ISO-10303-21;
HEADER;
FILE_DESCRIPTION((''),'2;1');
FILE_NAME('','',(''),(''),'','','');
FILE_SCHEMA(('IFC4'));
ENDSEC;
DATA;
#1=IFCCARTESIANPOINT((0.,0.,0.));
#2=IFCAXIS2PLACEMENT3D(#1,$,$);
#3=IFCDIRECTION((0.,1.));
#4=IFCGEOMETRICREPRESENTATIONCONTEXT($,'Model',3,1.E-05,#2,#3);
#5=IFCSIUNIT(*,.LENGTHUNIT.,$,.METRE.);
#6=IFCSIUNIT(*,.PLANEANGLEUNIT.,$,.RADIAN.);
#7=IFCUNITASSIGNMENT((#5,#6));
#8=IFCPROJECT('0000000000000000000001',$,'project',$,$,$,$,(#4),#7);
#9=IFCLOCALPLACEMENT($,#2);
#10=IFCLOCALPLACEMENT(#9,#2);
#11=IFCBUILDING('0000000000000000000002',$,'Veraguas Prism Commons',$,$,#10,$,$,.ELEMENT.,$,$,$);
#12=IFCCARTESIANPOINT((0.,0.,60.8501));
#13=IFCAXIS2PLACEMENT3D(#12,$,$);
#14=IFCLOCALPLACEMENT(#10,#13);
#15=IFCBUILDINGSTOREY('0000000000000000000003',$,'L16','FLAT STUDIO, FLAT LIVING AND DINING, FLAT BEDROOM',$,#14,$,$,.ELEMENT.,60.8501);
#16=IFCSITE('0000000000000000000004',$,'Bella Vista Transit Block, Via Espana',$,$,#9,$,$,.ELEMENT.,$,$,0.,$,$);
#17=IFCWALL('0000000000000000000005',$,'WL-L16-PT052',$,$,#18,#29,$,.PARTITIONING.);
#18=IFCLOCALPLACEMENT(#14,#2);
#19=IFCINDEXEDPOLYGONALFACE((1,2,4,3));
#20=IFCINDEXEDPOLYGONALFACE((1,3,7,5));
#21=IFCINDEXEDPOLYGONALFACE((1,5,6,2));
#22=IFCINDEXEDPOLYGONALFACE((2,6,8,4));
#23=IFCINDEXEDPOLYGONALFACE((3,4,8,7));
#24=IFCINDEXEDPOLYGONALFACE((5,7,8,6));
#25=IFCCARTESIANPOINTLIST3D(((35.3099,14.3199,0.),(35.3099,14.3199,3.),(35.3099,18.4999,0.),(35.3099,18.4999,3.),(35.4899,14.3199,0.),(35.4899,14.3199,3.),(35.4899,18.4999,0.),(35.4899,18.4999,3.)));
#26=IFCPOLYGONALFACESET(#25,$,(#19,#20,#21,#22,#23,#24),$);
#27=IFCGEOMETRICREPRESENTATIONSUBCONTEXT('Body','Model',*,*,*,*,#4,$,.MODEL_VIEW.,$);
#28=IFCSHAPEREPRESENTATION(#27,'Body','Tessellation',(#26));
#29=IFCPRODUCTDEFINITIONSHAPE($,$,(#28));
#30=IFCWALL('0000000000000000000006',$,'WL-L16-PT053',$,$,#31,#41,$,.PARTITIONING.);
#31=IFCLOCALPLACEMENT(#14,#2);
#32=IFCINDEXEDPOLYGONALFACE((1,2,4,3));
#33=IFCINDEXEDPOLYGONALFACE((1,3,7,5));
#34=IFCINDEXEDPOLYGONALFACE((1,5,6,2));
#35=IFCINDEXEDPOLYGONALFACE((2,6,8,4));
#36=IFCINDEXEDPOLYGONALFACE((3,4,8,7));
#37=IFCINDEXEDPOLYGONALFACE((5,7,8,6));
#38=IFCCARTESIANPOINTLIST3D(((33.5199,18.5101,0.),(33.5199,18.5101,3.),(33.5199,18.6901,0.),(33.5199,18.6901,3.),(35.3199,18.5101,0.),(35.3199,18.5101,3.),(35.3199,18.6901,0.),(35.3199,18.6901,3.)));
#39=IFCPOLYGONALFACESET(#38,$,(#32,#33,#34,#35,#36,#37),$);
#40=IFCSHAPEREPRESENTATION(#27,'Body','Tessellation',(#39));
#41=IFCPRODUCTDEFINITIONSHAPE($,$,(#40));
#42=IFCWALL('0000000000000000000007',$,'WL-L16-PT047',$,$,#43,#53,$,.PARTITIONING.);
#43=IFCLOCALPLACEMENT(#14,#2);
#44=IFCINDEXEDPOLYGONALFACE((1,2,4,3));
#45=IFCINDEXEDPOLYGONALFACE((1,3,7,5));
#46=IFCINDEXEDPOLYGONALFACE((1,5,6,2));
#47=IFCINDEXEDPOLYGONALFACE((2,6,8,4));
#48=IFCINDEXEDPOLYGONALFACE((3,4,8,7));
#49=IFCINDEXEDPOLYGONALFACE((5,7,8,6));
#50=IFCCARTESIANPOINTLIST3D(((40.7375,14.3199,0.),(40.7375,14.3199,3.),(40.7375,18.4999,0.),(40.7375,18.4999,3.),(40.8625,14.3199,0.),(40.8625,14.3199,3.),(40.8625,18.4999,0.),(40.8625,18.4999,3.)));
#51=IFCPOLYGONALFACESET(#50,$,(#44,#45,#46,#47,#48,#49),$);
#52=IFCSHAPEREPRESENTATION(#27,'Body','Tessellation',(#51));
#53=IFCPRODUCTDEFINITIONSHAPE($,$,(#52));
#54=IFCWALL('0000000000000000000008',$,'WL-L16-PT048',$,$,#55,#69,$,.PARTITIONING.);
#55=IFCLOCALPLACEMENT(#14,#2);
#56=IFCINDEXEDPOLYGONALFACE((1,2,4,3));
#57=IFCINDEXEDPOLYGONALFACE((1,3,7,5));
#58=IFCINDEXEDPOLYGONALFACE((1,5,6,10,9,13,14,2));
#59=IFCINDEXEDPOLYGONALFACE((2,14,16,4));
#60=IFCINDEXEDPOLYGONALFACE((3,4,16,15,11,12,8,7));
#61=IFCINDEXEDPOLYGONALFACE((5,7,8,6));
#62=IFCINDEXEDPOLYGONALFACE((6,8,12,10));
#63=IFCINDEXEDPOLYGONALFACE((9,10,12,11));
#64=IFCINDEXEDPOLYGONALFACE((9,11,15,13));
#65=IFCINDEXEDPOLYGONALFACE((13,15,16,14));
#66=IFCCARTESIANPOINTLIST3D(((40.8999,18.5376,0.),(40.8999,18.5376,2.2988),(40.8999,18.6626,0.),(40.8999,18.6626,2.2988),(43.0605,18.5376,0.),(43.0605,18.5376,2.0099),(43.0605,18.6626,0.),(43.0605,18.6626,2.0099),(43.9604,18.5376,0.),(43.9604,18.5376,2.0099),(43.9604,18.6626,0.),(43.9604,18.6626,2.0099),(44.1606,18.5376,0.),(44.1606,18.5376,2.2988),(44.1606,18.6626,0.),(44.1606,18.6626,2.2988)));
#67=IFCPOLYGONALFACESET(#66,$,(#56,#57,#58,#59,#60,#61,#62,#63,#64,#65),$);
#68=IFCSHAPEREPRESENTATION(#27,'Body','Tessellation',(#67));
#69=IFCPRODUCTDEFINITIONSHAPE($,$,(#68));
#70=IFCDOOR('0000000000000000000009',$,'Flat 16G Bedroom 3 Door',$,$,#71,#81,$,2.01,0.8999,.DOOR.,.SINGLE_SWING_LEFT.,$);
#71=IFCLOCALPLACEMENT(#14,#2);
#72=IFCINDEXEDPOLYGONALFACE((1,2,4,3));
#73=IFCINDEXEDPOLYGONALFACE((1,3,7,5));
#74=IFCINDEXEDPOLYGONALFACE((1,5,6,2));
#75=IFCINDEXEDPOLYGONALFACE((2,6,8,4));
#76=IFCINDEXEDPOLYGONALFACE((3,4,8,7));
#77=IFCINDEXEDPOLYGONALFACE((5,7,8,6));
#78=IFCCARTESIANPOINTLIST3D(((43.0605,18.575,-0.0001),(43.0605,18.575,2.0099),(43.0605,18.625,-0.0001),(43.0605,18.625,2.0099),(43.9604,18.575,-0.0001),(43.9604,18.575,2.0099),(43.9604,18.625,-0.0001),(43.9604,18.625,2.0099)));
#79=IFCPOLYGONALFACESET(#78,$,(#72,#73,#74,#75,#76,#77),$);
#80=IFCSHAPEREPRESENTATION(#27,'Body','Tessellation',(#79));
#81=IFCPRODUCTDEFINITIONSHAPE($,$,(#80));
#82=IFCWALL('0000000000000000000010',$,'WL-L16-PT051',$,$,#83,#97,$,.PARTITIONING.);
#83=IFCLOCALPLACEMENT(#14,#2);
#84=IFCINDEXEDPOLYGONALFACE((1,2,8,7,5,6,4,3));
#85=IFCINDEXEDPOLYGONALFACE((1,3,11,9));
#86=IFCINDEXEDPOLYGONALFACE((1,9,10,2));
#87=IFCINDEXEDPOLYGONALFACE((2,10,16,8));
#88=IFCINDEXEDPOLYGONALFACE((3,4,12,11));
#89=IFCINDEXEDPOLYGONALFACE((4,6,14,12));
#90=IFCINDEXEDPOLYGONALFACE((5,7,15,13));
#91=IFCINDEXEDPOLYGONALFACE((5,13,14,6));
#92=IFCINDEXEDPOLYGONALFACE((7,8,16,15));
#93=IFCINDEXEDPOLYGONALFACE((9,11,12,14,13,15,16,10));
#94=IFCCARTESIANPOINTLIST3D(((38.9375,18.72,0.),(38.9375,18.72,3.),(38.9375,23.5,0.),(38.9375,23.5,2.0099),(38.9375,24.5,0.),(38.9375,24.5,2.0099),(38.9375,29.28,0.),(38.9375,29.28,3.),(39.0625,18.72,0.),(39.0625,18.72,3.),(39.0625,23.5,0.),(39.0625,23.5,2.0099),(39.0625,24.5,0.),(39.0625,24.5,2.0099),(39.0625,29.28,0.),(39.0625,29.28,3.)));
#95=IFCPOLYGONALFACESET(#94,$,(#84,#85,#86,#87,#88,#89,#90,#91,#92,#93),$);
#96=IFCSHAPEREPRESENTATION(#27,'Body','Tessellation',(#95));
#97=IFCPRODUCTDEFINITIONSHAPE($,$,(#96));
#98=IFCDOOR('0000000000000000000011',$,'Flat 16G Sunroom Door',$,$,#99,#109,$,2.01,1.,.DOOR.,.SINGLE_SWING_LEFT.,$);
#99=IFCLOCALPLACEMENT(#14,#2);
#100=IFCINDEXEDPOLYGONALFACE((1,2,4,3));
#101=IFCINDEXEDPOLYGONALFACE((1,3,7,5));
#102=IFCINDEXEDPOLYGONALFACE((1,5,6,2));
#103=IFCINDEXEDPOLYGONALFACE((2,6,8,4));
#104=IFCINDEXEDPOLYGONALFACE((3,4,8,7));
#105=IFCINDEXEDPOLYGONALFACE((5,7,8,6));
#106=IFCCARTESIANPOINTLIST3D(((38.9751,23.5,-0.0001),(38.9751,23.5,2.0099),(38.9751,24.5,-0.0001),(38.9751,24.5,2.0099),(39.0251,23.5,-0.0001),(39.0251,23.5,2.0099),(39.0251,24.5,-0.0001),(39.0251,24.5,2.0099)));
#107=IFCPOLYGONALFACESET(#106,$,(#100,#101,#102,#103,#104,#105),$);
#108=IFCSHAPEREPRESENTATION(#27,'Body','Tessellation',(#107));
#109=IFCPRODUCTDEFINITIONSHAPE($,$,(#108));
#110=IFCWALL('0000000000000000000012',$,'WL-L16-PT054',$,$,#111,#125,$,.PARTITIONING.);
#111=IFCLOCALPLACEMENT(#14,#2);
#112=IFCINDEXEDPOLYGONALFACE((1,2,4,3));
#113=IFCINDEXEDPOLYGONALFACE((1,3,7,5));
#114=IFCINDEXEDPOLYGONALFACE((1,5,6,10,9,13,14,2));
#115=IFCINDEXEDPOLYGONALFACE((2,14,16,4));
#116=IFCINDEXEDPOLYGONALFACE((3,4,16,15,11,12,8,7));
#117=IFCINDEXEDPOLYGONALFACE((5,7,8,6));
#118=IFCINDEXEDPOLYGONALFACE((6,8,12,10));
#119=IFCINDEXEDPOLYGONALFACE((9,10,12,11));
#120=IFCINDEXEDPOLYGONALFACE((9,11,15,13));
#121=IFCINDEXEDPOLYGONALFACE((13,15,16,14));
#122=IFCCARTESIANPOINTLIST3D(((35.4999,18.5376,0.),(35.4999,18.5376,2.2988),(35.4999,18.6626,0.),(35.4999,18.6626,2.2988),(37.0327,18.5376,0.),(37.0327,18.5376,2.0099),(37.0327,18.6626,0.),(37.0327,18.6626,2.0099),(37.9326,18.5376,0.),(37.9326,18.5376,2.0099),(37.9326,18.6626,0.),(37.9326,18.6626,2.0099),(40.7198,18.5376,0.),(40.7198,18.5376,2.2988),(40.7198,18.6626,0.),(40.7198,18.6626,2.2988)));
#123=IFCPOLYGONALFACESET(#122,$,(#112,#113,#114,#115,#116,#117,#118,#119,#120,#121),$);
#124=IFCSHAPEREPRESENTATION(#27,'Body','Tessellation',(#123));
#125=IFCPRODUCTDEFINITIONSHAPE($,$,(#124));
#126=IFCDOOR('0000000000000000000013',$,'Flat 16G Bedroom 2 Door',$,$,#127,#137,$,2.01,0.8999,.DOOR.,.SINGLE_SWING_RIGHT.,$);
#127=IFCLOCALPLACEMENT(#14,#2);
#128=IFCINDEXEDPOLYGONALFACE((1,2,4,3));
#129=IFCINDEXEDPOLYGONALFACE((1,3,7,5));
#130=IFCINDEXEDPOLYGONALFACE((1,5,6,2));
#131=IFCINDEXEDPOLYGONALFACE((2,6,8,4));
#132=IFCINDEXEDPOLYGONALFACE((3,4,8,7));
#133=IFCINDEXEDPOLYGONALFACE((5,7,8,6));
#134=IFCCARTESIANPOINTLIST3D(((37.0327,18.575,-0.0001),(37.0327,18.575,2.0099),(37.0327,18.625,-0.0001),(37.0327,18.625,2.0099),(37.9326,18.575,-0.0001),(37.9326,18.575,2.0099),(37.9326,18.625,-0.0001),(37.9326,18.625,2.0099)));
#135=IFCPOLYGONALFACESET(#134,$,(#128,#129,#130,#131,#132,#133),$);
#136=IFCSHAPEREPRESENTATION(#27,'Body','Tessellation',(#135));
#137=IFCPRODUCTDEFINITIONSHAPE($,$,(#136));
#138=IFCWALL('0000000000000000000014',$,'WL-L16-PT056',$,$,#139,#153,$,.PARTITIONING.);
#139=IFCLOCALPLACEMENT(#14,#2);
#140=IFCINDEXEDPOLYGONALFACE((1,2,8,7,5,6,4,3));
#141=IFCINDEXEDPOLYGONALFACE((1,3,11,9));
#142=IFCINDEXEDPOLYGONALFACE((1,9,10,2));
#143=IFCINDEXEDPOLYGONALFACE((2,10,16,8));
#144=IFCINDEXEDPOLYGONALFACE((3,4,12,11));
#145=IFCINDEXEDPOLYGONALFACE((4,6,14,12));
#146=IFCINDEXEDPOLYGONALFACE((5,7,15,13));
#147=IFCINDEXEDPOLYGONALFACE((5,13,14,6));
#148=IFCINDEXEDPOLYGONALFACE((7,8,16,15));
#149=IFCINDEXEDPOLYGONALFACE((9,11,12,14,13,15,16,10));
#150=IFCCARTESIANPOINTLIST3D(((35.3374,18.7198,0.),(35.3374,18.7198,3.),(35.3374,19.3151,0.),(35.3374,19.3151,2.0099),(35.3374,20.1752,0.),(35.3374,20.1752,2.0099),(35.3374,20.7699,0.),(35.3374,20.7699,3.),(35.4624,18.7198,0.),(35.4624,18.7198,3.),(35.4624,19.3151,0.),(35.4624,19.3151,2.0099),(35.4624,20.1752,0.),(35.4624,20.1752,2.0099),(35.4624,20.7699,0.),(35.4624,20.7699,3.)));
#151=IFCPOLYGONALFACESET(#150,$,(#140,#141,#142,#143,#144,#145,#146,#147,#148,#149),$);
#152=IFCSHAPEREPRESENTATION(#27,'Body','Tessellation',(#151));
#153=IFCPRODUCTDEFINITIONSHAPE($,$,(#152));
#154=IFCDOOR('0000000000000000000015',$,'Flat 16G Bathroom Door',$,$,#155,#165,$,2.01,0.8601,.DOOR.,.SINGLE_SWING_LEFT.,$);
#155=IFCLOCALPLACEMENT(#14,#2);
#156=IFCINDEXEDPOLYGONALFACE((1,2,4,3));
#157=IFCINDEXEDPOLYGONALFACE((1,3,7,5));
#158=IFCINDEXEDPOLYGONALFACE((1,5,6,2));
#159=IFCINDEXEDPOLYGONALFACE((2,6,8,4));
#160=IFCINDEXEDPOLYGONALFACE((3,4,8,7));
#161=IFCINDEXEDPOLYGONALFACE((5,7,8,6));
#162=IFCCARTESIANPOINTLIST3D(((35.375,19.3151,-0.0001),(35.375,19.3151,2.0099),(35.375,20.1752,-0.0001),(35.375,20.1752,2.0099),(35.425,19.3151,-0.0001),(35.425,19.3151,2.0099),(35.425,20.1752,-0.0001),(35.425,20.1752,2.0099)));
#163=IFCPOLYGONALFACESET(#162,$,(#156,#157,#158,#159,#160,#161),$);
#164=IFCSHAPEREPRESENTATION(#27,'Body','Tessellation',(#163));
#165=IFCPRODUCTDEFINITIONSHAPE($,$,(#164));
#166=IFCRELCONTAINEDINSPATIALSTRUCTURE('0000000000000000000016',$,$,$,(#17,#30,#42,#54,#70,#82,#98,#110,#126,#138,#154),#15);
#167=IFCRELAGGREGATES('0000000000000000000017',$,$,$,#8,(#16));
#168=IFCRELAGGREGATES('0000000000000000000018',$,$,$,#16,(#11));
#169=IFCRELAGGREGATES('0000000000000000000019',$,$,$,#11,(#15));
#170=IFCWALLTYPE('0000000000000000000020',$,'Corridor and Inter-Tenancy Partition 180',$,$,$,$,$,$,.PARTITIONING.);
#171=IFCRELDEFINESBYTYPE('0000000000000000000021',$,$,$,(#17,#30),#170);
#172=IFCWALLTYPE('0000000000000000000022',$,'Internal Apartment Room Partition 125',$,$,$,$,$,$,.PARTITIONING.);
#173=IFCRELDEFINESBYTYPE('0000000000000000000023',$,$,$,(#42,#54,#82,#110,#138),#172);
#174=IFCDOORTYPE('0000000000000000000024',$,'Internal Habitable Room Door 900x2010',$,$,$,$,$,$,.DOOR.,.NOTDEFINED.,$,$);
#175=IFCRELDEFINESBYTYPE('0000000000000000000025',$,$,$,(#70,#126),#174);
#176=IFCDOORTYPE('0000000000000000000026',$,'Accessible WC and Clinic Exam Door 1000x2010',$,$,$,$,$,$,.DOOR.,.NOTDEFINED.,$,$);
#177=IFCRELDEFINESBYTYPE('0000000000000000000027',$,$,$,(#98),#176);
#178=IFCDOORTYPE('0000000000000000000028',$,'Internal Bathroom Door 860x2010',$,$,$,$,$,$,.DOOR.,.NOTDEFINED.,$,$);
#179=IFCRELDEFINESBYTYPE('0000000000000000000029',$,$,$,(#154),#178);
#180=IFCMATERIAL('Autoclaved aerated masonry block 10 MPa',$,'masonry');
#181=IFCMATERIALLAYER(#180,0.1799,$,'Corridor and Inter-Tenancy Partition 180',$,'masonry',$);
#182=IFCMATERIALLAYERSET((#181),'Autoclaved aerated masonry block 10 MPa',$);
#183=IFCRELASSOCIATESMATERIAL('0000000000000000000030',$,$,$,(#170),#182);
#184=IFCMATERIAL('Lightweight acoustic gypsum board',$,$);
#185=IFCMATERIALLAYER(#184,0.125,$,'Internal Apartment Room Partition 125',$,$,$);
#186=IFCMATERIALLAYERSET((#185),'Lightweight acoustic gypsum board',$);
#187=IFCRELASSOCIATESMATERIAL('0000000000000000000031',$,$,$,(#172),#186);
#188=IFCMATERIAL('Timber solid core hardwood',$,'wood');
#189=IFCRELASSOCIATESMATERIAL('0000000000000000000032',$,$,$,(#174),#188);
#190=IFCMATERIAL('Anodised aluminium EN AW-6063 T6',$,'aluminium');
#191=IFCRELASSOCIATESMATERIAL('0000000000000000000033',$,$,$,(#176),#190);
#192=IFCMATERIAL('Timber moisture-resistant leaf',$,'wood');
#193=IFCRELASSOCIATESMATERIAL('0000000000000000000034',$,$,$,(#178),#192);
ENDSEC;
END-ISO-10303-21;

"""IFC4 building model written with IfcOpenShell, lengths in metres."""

from ifc_helpers import new_model, si_unit, direction, frame, frame_2d, origin, place, context, subcontext, project, spatial, rectangle, extrude, source, transform, mapped, material, layer, layer_set, type_object, element, fill, save


model = new_model("IFC4")

# Units and contexts
model_context = context("Model", 3, precision=1e-05, world=origin(), true_north=direction((0.0, 1.0)))
body_context = subcontext(model_context, "Body", "Model", "MODEL_VIEW")
ifc_project = project(units=[si_unit("LENGTHUNIT", "METRE"), si_unit("PLANEANGLEUNIT", "RADIAN")], contexts=[model_context])

# Site, building, storey
site_placement = place(None, origin())
site = spatial("IfcSite", under=ifc_project, at=site_placement, Name="Bella Vista Transit Block, Via Espana", CompositionType="ELEMENT", RefElevation=0.0)
building_placement = place(site_placement, origin())
building = spatial("IfcBuilding", under=site, at=building_placement, Name="Veraguas Prism Commons", CompositionType="ELEMENT")
storey_placement = place(building_placement, frame((0.0, 0.0, 60.8501)))
storey = spatial("IfcBuildingStorey", under=building, at=storey_placement, Name="L16", Description="FLAT STUDIO, FLAT LIVING AND DINING, FLAT BEDROOM", CompositionType="ELEMENT", Elevation=60.8501)

# Shared definitions
ifc_material_1 = material(Name="Anodised aluminium EN AW-6063 T6", Category="aluminium")

# Shared definitions
ifc_material_2 = material(Name="Autoclaved aerated masonry block 10 MPa", Category="masonry")
ifc_layer_1 = layer(ifc_material_2, 0.1799, Name="Corridor and Inter-Tenancy Partition 180", Category="masonry")
ifc_layer_set_1 = layer_set([ifc_layer_1], Name="Autoclaved aerated masonry block 10 MPa")
wall_type_1 = type_object("IfcWallType", Name="Corridor and Inter-Tenancy Partition 180", PredefinedType="PARTITIONING", material=ifc_layer_set_1)

# Walls
wall_1_placement = place(storey_placement, frame((35.3999, 14.3201, 0.0), z_axis=(0.0, 0.0, 1.0), x_axis=(0.0, 1.0, 0.0)))
element("IfcWall", 1, at=wall_1_placement, inside=storey, type_object=wall_type_1, Name="WL-L16-PT052", PredefinedType="PARTITIONING", context=body_context, shape_type="SweptSolid", body=[
    extrude(rectangle(XDim=4.1799, YDim=0.1799, at=frame_2d((2.0898, 0.0))), origin(), (0.0, 0.0, 1.0), 3.0),
])
wall_2_placement = place(storey_placement, frame((33.52, 18.6001, 0.0), z_axis=(0.0, 0.0, 1.0), x_axis=(1.0, 0.0, 0.0)))
element("IfcWall", 2, at=wall_2_placement, inside=storey, type_object=wall_type_1, Name="WL-L16-PT053", PredefinedType="PARTITIONING", context=body_context, shape_type="SweptSolid", body=[
    extrude(rectangle(XDim=1.8, YDim=0.1799, at=frame_2d((0.8999, 0.0))), origin(), (0.0, 0.0, 1.0), 3.0),
])
ifc_material_3 = material(Name="Lightweight acoustic gypsum board")
ifc_layer_2 = layer(ifc_material_3, 0.125, Name="Internal Apartment Room Partition 125")
ifc_layer_set_2 = layer_set([ifc_layer_2], Name="Lightweight acoustic gypsum board")
wall_type_2 = type_object("IfcWallType", Name="Internal Apartment Room Partition 125", PredefinedType="PARTITIONING", material=ifc_layer_set_2)
wall_3_placement = place(storey_placement, frame((40.8, 14.3201, 0.0), z_axis=(0.0, 0.0, 1.0), x_axis=(0.0, 1.0, 0.0)))
element("IfcWall", 3, at=wall_3_placement, inside=storey, type_object=wall_type_2, Name="WL-L16-PT047", PredefinedType="PARTITIONING", context=body_context, shape_type="SweptSolid", body=[
    extrude(rectangle(XDim=4.1799, YDim=0.125, at=frame_2d((2.0898, 0.0))), origin(), (0.0, 0.0, 1.0), 3.0),
])

# Walls, openings, doors
wall_4_placement = place(storey_placement, frame((40.8999, 18.6001, 0.0), z_axis=(0.0, 0.0, 1.0), x_axis=(1.0, 0.0, 0.0)))
wall_4 = element("IfcWall", 4, at=wall_4_placement, inside=storey, type_object=wall_type_2, Name="WL-L16-PT048", PredefinedType="PARTITIONING", context=body_context, shape_type="SweptSolid", body=[
    extrude(rectangle(XDim=3.2607, YDim=0.125, at=frame_2d((1.6304, 0.0))), origin(), (0.0, 0.0, 1.0), 2.2988),
])
opening_1_placement = place(wall_4_placement, frame((2.1606, 0.0, 0.0)))
opening_1 = element("IfcOpeningElement", 5, at=opening_1_placement, cuts=wall_4, PredefinedType="OPENING", context=body_context, shape_type="SweptSolid", body=[
    extrude(rectangle(XDim=0.8999, YDim=2.01, at=frame_2d((0.45, 1.0049))), frame((0.0, 0.0725, 0.0), z_axis=(0.0, -1.0, 0.0), x_axis=(1.0, 0.0, 0.0)), (0.0, 0.0, 1.0), 0.145),
])
ifc_material_4 = material(Name="Timber solid core hardwood", Category="wood")
door_type_1 = type_object("IfcDoorType", Name="Internal Habitable Room Door 900x2010", OperationType="NOTDEFINED", PredefinedType="DOOR", material=ifc_material_4)
shared_shape_1 = source(origin(), body_context, "Body", "SweptSolid", [
    extrude(rectangle(XDim=0.8999, YDim=2.01, at=frame_2d((0.45, 1.0049))), frame((0.0, 0.0249, 0.0), z_axis=(0.0, -1.0, 0.0), x_axis=(1.0, 0.0, 0.0)), (0.0, 0.0, 1.0), 0.05),
])
door_1_placement = place(opening_1_placement, origin())
door_1 = element("IfcDoor", 6, at=door_1_placement, inside=storey, type_object=door_type_1, Name="Flat 16G Bedroom 3 Door", OperationType="SINGLE_SWING_LEFT", OverallHeight=2.01, OverallWidth=0.8999, PredefinedType="DOOR", context=body_context, shape_type="MappedRepresentation", body=[
    mapped(shared_shape_1, transform((0.0, 0.0, 0.0), scale=1.0)),
])
fill(opening_1, door_1)
wall_5_placement = place(storey_placement, frame((39.0, 18.72, 0.0), z_axis=(0.0, 0.0, 1.0), x_axis=(0.0, 1.0, 0.0)))
wall_5 = element("IfcWall", 7, at=wall_5_placement, inside=storey, type_object=wall_type_2, Name="WL-L16-PT051", PredefinedType="PARTITIONING", context=body_context, shape_type="SweptSolid", body=[
    extrude(rectangle(XDim=10.5601, YDim=0.125, at=frame_2d((5.28, 0.0))), origin(), (0.0, 0.0, 1.0), 3.0),
])
opening_2_placement = place(wall_5_placement, frame((4.78, 0.0, 0.0)))
opening_2 = element("IfcOpeningElement", 8, at=opening_2_placement, cuts=wall_5, PredefinedType="OPENING", context=body_context, shape_type="SweptSolid", body=[
    extrude(rectangle(XDim=1.0, YDim=2.01, at=frame_2d((0.5, 1.0049))), frame((0.0, 0.0725, 0.0), z_axis=(0.0, -1.0, 0.0), x_axis=(1.0, 0.0, 0.0)), (0.0, 0.0, 1.0), 0.145),
])
door_type_2 = type_object("IfcDoorType", Name="Accessible WC and Clinic Exam Door 1000x2010", OperationType="NOTDEFINED", PredefinedType="DOOR", material=ifc_material_1)
shared_shape_2 = source(origin(), body_context, "Body", "SweptSolid", [
    extrude(rectangle(XDim=1.0, YDim=2.01, at=frame_2d((0.5, 1.0049))), frame((0.0, 0.0249, 0.0), z_axis=(0.0, -1.0, 0.0), x_axis=(1.0, 0.0, 0.0)), (0.0, 0.0, 1.0), 0.05),
])
door_2_placement = place(opening_2_placement, origin())
door_2 = element("IfcDoor", 9, at=door_2_placement, inside=storey, type_object=door_type_2, Name="Flat 16G Sunroom Door", OperationType="SINGLE_SWING_LEFT", OverallHeight=2.01, OverallWidth=1.0, PredefinedType="DOOR", context=body_context, shape_type="MappedRepresentation", body=[
    mapped(shared_shape_2, transform((0.0, 0.0, 0.0), scale=1.0)),
])
fill(opening_2, door_2)
wall_6_placement = place(storey_placement, frame((35.5, 18.6001, 0.0), z_axis=(0.0, 0.0, 1.0), x_axis=(1.0, 0.0, 0.0)))
wall_6 = element("IfcWall", 10, at=wall_6_placement, inside=storey, type_object=wall_type_2, Name="WL-L16-PT054", PredefinedType="PARTITIONING", context=body_context, shape_type="SweptSolid", body=[
    extrude(rectangle(XDim=5.22, YDim=0.125, at=frame_2d((2.6099, 0.0))), origin(), (0.0, 0.0, 1.0), 2.2988),
])
opening_3_placement = place(wall_6_placement, frame((1.5327, 0.0, 0.0)))
opening_3 = element("IfcOpeningElement", 11, at=opening_3_placement, cuts=wall_6, PredefinedType="OPENING", context=body_context, shape_type="SweptSolid", body=[
    extrude(rectangle(XDim=0.8999, YDim=2.01, at=frame_2d((0.45, 1.0049))), frame((0.0, 0.0725, 0.0), z_axis=(0.0, -1.0, 0.0), x_axis=(1.0, 0.0, 0.0)), (0.0, 0.0, 1.0), 0.145),
])
door_3_placement = place(opening_3_placement, origin())
door_3 = element("IfcDoor", 12, at=door_3_placement, inside=storey, type_object=door_type_1, Name="Flat 16G Bedroom 2 Door", OperationType="SINGLE_SWING_RIGHT", OverallHeight=2.01, OverallWidth=0.8999, PredefinedType="DOOR", context=body_context, shape_type="MappedRepresentation", body=[
    mapped(shared_shape_1, transform((0.0, 0.0, 0.0), scale=1.0)),
])
fill(opening_3, door_3)
wall_7_placement = place(storey_placement, frame((35.3999, 18.72, 0.0), z_axis=(0.0, 0.0, 1.0), x_axis=(0.0, 1.0, 0.0)))
wall_7 = element("IfcWall", 13, at=wall_7_placement, inside=storey, type_object=wall_type_2, Name="WL-L16-PT056", PredefinedType="PARTITIONING", context=body_context, shape_type="SweptSolid", body=[
    extrude(rectangle(XDim=2.05, YDim=0.125, at=frame_2d((1.0249, 0.0))), origin(), (0.0, 0.0, 1.0), 3.0),
])
opening_4_placement = place(wall_7_placement, frame((0.595, 0.0, 0.0)))
opening_4 = element("IfcOpeningElement", 14, at=opening_4_placement, cuts=wall_7, PredefinedType="OPENING", context=body_context, shape_type="SweptSolid", body=[
    extrude(rectangle(XDim=0.8601, YDim=2.01, at=frame_2d((0.4302, 1.0049))), frame((0.0, 0.0725, 0.0), z_axis=(0.0, -1.0, 0.0), x_axis=(1.0, 0.0, 0.0)), (0.0, 0.0, 1.0), 0.145),
])
ifc_material_5 = material(Name="Timber moisture-resistant leaf", Category="wood")
door_type_3 = type_object("IfcDoorType", Name="Internal Bathroom Door 860x2010", OperationType="NOTDEFINED", PredefinedType="DOOR", material=ifc_material_5)
shared_shape_3 = source(origin(), body_context, "Body", "SweptSolid", [
    extrude(rectangle(XDim=0.8601, YDim=2.01, at=frame_2d((0.4302, 1.0049))), frame((0.0, 0.0249, 0.0), z_axis=(0.0, -1.0, 0.0), x_axis=(1.0, 0.0, 0.0)), (0.0, 0.0, 1.0), 0.05),
])
door_4_placement = place(opening_4_placement, origin())
door_4 = element("IfcDoor", 15, at=door_4_placement, inside=storey, type_object=door_type_3, Name="Flat 16G Bathroom Door", OperationType="SINGLE_SWING_LEFT", OverallHeight=2.01, OverallWidth=0.8601, PredefinedType="DOOR", context=body_context, shape_type="MappedRepresentation", body=[
    mapped(shared_shape_3, transform((0.0, 0.0, 0.0), scale=1.0)),
])
fill(opening_4, door_4)

save(model, "model.ifc")
